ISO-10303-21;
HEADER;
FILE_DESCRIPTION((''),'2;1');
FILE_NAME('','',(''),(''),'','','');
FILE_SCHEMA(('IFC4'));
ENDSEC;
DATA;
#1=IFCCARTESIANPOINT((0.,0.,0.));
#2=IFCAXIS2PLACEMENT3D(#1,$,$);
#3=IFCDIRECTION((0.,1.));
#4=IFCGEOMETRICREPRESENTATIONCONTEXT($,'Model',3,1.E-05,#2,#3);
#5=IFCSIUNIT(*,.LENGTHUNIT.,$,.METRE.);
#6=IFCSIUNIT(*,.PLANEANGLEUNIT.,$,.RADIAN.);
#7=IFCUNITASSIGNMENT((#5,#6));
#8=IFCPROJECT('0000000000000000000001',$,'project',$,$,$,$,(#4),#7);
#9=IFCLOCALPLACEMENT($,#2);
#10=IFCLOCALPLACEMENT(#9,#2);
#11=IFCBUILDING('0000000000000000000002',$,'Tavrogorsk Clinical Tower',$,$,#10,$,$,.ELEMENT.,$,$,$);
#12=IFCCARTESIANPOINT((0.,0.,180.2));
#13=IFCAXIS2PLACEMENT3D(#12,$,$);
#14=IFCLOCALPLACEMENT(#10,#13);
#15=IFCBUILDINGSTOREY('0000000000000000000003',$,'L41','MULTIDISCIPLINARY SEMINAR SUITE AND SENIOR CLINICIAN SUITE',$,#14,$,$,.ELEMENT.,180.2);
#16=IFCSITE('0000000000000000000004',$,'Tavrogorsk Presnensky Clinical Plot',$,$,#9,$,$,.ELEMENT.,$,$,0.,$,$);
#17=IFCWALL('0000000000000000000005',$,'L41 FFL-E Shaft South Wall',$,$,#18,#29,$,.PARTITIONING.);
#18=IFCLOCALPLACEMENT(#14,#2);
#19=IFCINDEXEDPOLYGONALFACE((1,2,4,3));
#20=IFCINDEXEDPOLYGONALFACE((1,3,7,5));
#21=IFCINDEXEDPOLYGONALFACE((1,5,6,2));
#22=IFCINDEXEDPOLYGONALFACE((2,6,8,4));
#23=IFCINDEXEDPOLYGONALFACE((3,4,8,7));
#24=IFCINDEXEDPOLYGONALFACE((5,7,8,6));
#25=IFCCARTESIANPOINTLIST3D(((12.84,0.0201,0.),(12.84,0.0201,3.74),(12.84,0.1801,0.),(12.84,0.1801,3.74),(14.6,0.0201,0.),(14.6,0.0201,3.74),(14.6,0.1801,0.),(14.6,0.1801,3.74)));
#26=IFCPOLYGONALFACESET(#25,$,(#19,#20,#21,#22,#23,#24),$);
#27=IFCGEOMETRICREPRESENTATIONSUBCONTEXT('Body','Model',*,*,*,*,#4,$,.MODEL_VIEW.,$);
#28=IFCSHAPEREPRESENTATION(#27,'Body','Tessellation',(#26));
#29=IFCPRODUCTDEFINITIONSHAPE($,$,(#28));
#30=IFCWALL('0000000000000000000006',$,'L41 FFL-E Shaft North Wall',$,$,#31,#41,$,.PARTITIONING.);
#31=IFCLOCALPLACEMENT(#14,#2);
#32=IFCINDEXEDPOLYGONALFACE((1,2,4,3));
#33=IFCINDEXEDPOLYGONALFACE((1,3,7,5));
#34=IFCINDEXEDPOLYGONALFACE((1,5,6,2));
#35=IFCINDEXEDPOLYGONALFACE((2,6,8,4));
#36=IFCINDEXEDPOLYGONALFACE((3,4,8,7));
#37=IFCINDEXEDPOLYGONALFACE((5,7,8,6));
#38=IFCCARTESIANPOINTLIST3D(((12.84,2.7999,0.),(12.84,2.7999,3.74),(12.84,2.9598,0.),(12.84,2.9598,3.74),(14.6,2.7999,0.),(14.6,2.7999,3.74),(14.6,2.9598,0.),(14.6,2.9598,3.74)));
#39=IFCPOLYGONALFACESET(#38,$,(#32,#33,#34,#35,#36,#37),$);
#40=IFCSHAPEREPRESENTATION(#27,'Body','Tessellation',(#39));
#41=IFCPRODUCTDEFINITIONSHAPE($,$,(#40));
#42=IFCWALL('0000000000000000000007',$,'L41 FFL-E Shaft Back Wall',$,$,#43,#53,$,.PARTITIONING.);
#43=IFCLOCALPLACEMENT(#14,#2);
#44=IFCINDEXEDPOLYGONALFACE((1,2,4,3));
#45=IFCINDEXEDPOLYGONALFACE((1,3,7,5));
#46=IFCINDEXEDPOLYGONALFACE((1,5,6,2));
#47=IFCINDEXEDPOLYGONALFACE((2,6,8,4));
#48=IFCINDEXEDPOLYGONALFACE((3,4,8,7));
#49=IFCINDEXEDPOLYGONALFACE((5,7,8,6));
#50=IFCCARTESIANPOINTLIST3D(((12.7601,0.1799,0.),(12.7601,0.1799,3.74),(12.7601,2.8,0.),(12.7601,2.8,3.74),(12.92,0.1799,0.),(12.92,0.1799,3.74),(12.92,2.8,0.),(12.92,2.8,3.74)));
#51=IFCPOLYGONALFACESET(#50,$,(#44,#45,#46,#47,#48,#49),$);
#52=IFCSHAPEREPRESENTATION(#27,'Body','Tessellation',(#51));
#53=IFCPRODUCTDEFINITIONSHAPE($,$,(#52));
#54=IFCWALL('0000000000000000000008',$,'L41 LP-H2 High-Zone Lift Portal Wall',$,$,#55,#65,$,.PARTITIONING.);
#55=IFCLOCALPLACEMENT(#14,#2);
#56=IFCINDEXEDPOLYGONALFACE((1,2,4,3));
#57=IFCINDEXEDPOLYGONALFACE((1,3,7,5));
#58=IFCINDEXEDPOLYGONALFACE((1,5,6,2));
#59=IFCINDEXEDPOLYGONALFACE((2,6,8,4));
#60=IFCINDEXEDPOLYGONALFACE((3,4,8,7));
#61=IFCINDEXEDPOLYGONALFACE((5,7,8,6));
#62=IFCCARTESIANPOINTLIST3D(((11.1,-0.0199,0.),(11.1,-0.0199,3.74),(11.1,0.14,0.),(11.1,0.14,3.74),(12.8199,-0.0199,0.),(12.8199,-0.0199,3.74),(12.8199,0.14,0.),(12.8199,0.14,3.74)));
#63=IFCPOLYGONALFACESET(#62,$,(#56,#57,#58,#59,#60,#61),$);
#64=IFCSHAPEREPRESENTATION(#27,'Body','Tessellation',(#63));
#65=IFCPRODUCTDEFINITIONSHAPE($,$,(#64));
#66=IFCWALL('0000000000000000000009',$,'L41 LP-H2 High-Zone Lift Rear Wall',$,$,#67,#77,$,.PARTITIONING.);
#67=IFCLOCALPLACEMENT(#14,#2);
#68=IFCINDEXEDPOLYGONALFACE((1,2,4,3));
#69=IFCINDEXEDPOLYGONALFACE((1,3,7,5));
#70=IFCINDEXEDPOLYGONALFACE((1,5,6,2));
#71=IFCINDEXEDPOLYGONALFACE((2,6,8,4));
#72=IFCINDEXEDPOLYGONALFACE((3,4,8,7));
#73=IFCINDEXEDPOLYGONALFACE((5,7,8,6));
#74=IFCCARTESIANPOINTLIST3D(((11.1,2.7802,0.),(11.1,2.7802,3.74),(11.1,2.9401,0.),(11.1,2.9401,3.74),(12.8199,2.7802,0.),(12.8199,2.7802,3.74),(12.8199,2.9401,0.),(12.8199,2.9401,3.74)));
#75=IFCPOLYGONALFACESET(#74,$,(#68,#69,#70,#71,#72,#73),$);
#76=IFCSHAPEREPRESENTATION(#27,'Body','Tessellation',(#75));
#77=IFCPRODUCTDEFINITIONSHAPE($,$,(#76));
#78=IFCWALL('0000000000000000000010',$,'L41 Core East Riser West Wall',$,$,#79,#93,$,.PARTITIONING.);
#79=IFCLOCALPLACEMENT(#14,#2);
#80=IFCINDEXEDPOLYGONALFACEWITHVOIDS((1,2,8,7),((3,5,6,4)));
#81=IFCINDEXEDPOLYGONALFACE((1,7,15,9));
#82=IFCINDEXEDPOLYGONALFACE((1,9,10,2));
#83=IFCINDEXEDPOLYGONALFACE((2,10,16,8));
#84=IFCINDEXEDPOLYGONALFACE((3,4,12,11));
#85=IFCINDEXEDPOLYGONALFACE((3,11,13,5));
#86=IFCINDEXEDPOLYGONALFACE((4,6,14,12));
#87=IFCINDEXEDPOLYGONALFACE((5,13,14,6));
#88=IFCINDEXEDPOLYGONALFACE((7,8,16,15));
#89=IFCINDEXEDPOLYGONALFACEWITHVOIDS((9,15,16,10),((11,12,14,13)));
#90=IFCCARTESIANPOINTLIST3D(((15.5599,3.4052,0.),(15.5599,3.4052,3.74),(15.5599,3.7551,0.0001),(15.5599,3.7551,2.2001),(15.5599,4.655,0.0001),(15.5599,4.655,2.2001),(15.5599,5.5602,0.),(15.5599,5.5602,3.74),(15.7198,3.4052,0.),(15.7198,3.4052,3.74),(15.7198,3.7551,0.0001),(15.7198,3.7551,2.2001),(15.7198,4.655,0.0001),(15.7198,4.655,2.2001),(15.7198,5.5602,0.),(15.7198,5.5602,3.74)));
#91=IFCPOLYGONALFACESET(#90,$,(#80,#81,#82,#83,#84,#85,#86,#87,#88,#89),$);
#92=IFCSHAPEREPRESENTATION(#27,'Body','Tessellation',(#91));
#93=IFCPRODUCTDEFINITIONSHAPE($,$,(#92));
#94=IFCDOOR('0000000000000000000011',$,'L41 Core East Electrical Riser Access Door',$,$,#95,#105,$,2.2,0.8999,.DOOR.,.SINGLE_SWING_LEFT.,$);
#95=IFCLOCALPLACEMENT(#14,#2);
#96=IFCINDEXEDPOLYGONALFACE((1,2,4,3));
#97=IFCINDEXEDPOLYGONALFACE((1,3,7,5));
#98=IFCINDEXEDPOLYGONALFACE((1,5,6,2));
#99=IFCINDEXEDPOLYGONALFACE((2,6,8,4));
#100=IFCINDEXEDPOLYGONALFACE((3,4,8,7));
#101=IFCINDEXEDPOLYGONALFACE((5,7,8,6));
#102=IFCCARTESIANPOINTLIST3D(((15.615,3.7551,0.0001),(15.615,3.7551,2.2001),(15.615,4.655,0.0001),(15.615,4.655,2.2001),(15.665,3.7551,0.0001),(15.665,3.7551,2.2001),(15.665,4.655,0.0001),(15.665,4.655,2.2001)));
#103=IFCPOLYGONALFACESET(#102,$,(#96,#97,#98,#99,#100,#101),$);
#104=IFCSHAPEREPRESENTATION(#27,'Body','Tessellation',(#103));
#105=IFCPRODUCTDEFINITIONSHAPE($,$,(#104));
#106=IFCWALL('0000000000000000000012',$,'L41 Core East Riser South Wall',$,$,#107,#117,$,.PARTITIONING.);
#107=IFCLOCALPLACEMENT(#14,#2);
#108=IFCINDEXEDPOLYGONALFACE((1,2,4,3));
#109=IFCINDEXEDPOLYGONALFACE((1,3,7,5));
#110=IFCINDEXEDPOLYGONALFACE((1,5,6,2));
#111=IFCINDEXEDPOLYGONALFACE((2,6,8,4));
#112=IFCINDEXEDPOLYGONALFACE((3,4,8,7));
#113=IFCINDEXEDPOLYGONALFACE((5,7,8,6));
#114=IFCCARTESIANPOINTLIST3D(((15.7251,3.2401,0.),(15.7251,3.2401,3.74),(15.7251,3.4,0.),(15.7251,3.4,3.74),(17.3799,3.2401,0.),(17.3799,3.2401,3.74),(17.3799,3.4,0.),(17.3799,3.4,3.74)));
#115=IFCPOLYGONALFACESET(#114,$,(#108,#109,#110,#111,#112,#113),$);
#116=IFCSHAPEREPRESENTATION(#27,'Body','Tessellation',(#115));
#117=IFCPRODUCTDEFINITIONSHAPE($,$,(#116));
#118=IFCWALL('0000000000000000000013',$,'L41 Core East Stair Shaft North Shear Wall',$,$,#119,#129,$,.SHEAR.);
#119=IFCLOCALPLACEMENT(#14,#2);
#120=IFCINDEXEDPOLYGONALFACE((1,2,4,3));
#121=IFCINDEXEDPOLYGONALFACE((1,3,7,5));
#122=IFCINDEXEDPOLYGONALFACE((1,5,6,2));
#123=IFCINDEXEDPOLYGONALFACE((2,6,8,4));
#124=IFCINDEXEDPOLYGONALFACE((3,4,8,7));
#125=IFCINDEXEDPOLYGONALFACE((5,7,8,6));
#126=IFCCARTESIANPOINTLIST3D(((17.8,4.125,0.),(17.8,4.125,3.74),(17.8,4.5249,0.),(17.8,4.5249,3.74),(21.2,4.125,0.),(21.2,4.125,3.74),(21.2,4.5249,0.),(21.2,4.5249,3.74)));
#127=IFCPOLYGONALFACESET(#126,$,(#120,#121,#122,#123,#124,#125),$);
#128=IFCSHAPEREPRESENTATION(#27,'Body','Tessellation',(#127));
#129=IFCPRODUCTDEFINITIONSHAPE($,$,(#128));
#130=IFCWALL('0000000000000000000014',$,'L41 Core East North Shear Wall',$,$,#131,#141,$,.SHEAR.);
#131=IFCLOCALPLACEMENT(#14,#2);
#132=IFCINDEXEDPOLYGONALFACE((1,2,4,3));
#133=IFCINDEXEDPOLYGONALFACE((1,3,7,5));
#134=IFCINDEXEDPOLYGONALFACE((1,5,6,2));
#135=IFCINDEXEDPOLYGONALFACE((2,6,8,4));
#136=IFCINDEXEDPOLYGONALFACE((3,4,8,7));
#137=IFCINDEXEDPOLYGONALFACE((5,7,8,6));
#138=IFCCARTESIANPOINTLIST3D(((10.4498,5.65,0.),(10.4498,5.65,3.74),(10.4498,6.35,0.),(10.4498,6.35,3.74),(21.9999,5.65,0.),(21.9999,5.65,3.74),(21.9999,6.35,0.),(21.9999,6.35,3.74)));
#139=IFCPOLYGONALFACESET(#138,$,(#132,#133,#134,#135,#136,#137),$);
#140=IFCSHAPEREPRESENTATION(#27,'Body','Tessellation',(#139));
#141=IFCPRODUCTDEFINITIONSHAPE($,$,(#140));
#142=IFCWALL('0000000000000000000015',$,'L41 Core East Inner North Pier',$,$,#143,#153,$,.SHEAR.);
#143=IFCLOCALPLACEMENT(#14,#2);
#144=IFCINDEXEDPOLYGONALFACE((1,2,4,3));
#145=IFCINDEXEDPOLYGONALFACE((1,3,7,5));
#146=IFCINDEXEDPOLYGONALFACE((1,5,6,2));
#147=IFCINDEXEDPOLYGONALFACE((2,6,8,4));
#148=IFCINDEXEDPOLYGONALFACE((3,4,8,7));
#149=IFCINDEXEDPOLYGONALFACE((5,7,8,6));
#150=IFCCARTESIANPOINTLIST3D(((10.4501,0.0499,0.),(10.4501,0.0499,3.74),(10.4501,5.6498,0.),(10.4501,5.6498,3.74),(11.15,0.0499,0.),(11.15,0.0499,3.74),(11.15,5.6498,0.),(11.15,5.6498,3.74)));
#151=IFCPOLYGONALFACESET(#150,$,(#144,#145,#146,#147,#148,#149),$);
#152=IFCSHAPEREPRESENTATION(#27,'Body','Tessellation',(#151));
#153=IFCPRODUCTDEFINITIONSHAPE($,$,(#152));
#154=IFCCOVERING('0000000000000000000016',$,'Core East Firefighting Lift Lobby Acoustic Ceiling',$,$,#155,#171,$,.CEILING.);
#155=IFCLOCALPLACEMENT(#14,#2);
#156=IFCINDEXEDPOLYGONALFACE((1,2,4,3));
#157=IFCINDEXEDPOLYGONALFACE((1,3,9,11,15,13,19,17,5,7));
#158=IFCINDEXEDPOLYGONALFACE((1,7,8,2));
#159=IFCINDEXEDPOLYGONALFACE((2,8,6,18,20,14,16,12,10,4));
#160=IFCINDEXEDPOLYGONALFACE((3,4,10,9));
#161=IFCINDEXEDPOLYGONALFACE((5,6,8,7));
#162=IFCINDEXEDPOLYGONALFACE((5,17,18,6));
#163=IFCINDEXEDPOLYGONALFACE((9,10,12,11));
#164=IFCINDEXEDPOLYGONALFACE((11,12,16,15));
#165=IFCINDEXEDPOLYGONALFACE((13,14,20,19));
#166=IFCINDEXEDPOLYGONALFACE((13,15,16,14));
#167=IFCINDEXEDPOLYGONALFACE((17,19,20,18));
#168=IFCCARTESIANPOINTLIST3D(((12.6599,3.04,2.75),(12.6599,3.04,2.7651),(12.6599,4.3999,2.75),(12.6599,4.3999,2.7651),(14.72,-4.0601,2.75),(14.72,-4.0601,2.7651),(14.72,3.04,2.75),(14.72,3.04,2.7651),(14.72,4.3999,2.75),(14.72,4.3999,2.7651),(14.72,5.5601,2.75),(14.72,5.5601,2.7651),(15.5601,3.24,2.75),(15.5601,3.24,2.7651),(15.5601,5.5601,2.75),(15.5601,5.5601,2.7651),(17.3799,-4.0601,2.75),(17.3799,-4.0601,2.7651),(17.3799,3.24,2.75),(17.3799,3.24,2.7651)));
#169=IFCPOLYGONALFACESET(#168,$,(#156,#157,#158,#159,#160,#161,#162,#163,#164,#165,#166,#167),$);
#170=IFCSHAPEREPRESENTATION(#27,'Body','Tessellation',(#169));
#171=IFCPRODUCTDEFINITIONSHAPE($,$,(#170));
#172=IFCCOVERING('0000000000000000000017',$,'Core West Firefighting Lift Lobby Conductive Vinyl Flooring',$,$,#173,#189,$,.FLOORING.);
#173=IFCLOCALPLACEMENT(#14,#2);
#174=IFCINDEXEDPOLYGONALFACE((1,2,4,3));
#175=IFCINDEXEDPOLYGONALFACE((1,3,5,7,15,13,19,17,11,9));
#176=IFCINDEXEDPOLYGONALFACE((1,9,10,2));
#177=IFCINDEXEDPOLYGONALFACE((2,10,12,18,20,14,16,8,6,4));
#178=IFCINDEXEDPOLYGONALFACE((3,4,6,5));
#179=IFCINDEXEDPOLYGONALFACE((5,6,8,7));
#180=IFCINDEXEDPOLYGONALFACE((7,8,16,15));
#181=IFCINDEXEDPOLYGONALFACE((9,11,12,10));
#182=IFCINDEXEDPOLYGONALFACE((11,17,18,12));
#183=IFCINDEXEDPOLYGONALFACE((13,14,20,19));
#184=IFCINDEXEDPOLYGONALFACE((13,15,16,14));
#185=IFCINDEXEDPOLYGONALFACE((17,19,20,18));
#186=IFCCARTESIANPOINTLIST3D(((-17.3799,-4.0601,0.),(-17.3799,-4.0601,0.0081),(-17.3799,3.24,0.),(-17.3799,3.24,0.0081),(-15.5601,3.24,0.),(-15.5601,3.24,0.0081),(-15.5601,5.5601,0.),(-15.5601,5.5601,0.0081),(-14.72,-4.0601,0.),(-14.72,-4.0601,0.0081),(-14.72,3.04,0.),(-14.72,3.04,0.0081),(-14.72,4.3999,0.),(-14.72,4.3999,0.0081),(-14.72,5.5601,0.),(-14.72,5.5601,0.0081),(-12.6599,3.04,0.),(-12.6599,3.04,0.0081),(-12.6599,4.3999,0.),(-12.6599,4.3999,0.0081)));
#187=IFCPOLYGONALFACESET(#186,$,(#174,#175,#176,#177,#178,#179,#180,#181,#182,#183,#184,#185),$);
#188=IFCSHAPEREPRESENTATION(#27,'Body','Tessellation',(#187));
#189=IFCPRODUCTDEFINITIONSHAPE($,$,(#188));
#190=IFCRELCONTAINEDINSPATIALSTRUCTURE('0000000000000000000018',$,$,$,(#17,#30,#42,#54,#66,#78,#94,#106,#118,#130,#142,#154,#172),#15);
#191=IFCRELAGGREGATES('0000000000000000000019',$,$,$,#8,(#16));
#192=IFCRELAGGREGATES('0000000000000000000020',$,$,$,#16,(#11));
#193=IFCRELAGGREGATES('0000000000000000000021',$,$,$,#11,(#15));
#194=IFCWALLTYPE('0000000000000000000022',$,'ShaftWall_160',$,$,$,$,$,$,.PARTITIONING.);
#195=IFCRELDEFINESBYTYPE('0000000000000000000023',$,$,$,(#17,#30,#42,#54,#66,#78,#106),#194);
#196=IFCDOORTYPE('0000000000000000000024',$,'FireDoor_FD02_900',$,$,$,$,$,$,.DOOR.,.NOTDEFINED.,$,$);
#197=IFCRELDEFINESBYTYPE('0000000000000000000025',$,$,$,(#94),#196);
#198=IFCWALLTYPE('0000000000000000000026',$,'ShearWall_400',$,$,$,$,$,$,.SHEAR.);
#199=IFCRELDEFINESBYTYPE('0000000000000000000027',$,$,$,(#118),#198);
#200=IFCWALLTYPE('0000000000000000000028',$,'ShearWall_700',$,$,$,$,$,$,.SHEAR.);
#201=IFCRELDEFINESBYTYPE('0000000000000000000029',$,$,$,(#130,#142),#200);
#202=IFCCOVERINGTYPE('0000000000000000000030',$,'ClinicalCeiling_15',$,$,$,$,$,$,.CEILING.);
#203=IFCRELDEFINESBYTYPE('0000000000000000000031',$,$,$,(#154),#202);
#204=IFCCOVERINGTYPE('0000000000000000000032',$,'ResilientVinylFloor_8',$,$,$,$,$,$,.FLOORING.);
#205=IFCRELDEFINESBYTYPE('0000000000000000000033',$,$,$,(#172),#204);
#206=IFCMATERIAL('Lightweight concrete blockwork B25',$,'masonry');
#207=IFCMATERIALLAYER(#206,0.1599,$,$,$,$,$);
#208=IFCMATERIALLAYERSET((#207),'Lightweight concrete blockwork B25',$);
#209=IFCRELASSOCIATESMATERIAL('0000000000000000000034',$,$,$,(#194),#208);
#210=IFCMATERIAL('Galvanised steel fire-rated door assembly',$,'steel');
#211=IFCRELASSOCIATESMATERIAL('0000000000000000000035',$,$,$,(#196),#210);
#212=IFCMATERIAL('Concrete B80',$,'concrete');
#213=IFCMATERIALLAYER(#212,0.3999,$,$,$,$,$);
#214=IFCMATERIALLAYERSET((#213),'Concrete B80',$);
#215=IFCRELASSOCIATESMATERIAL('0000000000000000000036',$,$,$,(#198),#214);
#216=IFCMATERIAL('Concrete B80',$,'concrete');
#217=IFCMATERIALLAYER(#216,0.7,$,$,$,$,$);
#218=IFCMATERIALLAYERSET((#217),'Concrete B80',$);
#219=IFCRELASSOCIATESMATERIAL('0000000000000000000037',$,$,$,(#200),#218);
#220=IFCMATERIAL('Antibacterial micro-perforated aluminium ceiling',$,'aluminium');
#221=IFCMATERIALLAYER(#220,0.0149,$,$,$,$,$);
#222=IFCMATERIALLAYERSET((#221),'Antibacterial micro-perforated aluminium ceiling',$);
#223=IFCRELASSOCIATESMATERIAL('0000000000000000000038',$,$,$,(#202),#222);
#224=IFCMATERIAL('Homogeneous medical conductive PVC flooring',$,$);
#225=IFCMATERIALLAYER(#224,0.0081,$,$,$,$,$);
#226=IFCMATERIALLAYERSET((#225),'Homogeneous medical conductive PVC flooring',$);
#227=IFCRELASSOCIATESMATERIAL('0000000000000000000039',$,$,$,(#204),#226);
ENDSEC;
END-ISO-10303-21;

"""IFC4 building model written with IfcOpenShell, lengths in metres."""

from ifc_helpers import new_model, si_unit, direction, frame, frame_2d, origin, place, context, subcontext, project, spatial, polyline, rectangle, outline, extrude, material, layer, layer_set, type_object, element, fill, save


model = new_model("IFC4")

# Units and contexts
model_context = context("Model", 3, precision=1e-05, world=origin(), true_north=direction((0.0, 1.0)))
body_context = subcontext(model_context, "Body", "Model", "MODEL_VIEW")
ifc_project = project(units=[si_unit("LENGTHUNIT", "METRE"), si_unit("PLANEANGLEUNIT", "RADIAN")], contexts=[model_context])

# Site, building, storey
site_placement = place(None, origin())
site = spatial("IfcSite", under=ifc_project, at=site_placement, Name="Tavrogorsk Presnensky Clinical Plot", CompositionType="ELEMENT", RefElevation=0.0)
building_placement = place(site_placement, origin())
building = spatial("IfcBuilding", under=site, at=building_placement, Name="Tavrogorsk Clinical Tower", CompositionType="ELEMENT")
storey_placement = place(building_placement, frame((0.0, 0.0, 180.2)))
storey = spatial("IfcBuildingStorey", under=building, at=storey_placement, Name="L41", Description="MULTIDISCIPLINARY SEMINAR SUITE AND SENIOR CLINICIAN SUITE", CompositionType="ELEMENT", Elevation=180.2)

# Shared definitions
ifc_material_1 = material(Name="Lightweight concrete blockwork B25", Category="masonry")
ifc_layer_1 = layer(ifc_material_1, 0.1599)
ifc_layer_set_1 = layer_set([ifc_layer_1], Name="Lightweight concrete blockwork B25")
wall_type_1 = type_object("IfcWallType", Name="ShaftWall_160", PredefinedType="PARTITIONING", material=ifc_layer_set_1)

# Walls
for number, where, z_axis, x_axis, name in (
    (1, (12.8401, 0.1001, 0.0), (0.0, 0.0, 1.0), (1.0, 0.0, 0.0), "L41 FFL-E Shaft South Wall"),
    (2, (12.8401, 2.8799, 0.0), (0.0, 0.0, 1.0), (1.0, 0.0, 0.0), "L41 FFL-E Shaft North Wall"),
):
    element("IfcWall", number, at=place(storey_placement, frame(where, z_axis=z_axis, x_axis=x_axis)), inside=storey, type_object=wall_type_1, Name=name, PredefinedType="PARTITIONING", context=body_context, shape_type="SweptSolid", body=[
        extrude(rectangle(XDim=1.76, YDim=0.1599, at=frame_2d((0.8799, 0.0))), origin(), (0.0, 0.0, 1.0), 3.74),
    ])
wall_1_placement = place(storey_placement, frame((12.8401, 0.1799, 0.0), z_axis=(0.0, 0.0, 1.0), x_axis=(0.0, 1.0, 0.0)))
element("IfcWall", 3, at=wall_1_placement, inside=storey, type_object=wall_type_1, Name="L41 FFL-E Shaft Back Wall", PredefinedType="PARTITIONING", context=body_context, shape_type="SweptSolid", body=[
    extrude(rectangle(XDim=2.6201, YDim=0.1599, at=frame_2d((1.3101, 0.0))), origin(), (0.0, 0.0, 1.0), 3.74),
])
for number, where, z_axis, x_axis, name in (
    (4, (11.1001, 0.0601, 0.0), (0.0, 0.0, 1.0), (1.0, 0.0, 0.0), "L41 LP-H2 High-Zone Lift Portal Wall"),
    (5, (11.1001, 2.8601, 0.0), (0.0, 0.0, 1.0), (1.0, 0.0, 0.0), "L41 LP-H2 High-Zone Lift Rear Wall"),
):
    element("IfcWall", number, at=place(storey_placement, frame(where, z_axis=z_axis, x_axis=x_axis)), inside=storey, type_object=wall_type_1, Name=name, PredefinedType="PARTITIONING", context=body_context, shape_type="SweptSolid", body=[
        extrude(rectangle(XDim=1.72, YDim=0.1599, at=frame_2d((0.8599, 0.0))), origin(), (0.0, 0.0, 1.0), 3.74),
    ])

# Wall, opening, door
wall_2_placement = place(storey_placement, frame((15.6399, 3.405, 0.0), z_axis=(0.0, 0.0, 1.0), x_axis=(0.0, 1.0, 0.0)))
wall_2 = element("IfcWall", 6, at=wall_2_placement, inside=storey, type_object=wall_type_1, Name="L41 Core East Riser West Wall", PredefinedType="PARTITIONING", context=body_context, shape_type="SweptSolid", body=[
    extrude(rectangle(XDim=2.155, YDim=0.1599, at=frame_2d((1.0776, 0.0))), origin(), (0.0, 0.0, 1.0), 3.74),
])
opening_1_placement = place(wall_2_placement, frame((0.3501, 0.0, 0.0)))
opening_1 = element("IfcOpeningElement", 7, at=opening_1_placement, cuts=wall_2, PredefinedType="OPENING", context=body_context, shape_type="SweptSolid", body=[
    extrude(rectangle(XDim=0.8999, YDim=2.2, at=frame_2d((0.45, 1.1001))), frame((0.0, 0.0898, 0.0), z_axis=(0.0, -1.0, 0.0), x_axis=(1.0, 0.0, 0.0)), (0.0, 0.0, 1.0), 0.1799),
])
ifc_material_2 = material(Name="Galvanised steel fire-rated door assembly", Category="steel")
door_type_1 = type_object("IfcDoorType", Name="FireDoor_FD02_900", OperationType="NOTDEFINED", PredefinedType="DOOR", material=ifc_material_2)
door_1_placement = place(opening_1_placement, origin())
door_1 = element("IfcDoor", 8, at=door_1_placement, inside=storey, type_object=door_type_1, Name="L41 Core East Electrical Riser Access Door", OperationType="SINGLE_SWING_LEFT", OverallHeight=2.2, OverallWidth=0.8999, PredefinedType="DOOR", context=body_context, shape_type="SweptSolid", body=[
    extrude(rectangle(XDim=0.8999, YDim=2.2, at=frame_2d((0.45, 1.1001))), frame((0.0, 0.0249, 0.0), z_axis=(0.0, -1.0, 0.0), x_axis=(1.0, 0.0, 0.0)), (0.0, 0.0, 1.0), 0.05),
])
fill(opening_1, door_1)

# Walls
wall_3_placement = place(storey_placement, frame((15.7251, 3.3201, 0.0), z_axis=(0.0, 0.0, 1.0), x_axis=(1.0, 0.0, 0.0)))
element("IfcWall", 9, at=wall_3_placement, inside=storey, type_object=wall_type_1, Name="L41 Core East Riser South Wall", PredefinedType="PARTITIONING", context=body_context, shape_type="SweptSolid", body=[
    extrude(rectangle(XDim=1.6548, YDim=0.1599, at=frame_2d((0.8274, 0.0))), origin(), (0.0, 0.0, 1.0), 3.74),
])
ifc_material_3 = material(Name="Concrete B80", Category="concrete")
ifc_layer_2 = layer(ifc_material_3, 0.3999)
ifc_layer_set_2 = layer_set([ifc_layer_2], Name="Concrete B80")
wall_type_2 = type_object("IfcWallType", Name="ShearWall_400", PredefinedType="SHEAR", material=ifc_layer_set_2)
wall_4_placement = place(storey_placement, frame((17.8, 4.325, 0.0), z_axis=(0.0, 0.0, 1.0), x_axis=(1.0, 0.0, 0.0)))
element("IfcWall", 10, at=wall_4_placement, inside=storey, type_object=wall_type_2, Name="L41 Core East Stair Shaft North Shear Wall", PredefinedType="SHEAR", context=body_context, shape_type="SweptSolid", body=[
    extrude(rectangle(XDim=3.3999, YDim=0.3999, at=frame_2d((1.7, 0.0))), origin(), (0.0, 0.0, 1.0), 3.74),
])
ifc_material_4 = material(Name="Concrete B80", Category="concrete")
ifc_layer_3 = layer(ifc_material_4, 0.7)
ifc_layer_set_3 = layer_set([ifc_layer_3], Name="Concrete B80")
wall_type_3 = type_object("IfcWallType", Name="ShearWall_700", PredefinedType="SHEAR", material=ifc_layer_set_3)
wall_5_placement = place(storey_placement, frame((10.45, 6.0, 0.0), z_axis=(0.0, 0.0, 1.0), x_axis=(1.0, 0.0, 0.0)))
element("IfcWall", 11, at=wall_5_placement, inside=storey, type_object=wall_type_3, Name="L41 Core East North Shear Wall", PredefinedType="SHEAR", context=body_context, shape_type="SweptSolid", body=[
    extrude(rectangle(XDim=11.55, YDim=0.7, at=frame_2d((5.7749, 0.0))), origin(), (0.0, 0.0, 1.0), 3.74),
])
wall_6_placement = place(storey_placement, frame((10.8, 0.05, 0.0), z_axis=(0.0, 0.0, 1.0), x_axis=(0.0, 1.0, 0.0)))
element("IfcWall", 12, at=wall_6_placement, inside=storey, type_object=wall_type_3, Name="L41 Core East Inner North Pier", PredefinedType="SHEAR", context=body_context, shape_type="SweptSolid", body=[
    extrude(rectangle(XDim=5.5999, YDim=0.7, at=frame_2d((2.7998, 0.0))), origin(), (0.0, 0.0, 1.0), 3.74),
])

# Coverings
ifc_material_5 = material(Name="Antibacterial micro-perforated aluminium ceiling", Category="aluminium")
ifc_layer_4 = layer(ifc_material_5, 0.0149)
ifc_layer_set_4 = layer_set([ifc_layer_4], Name="Antibacterial micro-perforated aluminium ceiling")
covering_type_1 = type_object("IfcCoveringType", Name="ClinicalCeiling_15", PredefinedType="CEILING", material=ifc_layer_set_4)
covering_1_placement = place(storey_placement, frame((0.0, 0.0, 2.75)))
element("IfcCovering", 13, at=covering_1_placement, inside=storey, type_object=covering_type_1, Name="Core East Firefighting Lift Lobby Acoustic Ceiling", PredefinedType="CEILING", context=body_context, shape_type="SweptSolid", body=[
    extrude(outline(polyline([(14.72, 3.04), (12.6599, 3.04), (12.6599, 4.3999), (14.72, 4.3999), (14.72, 5.5601), (15.5601, 5.5601), (15.5601, 3.24), (17.3799, 3.24), (17.3799, -4.0601), (14.72, -4.0601), (14.72, 3.04)])), origin(), (0.0, 0.0, 1.0), 0.0151),
])
ifc_material_6 = material(Name="Homogeneous medical conductive PVC flooring")
ifc_layer_5 = layer(ifc_material_6, 0.0081)
ifc_layer_set_5 = layer_set([ifc_layer_5], Name="Homogeneous medical conductive PVC flooring")
covering_type_2 = type_object("IfcCoveringType", Name="ResilientVinylFloor_8", PredefinedType="FLOORING", material=ifc_layer_set_5)
covering_2_placement = place(storey_placement, origin())
element("IfcCovering", 14, at=covering_2_placement, inside=storey, type_object=covering_type_2, Name="Core West Firefighting Lift Lobby Conductive Vinyl Flooring", PredefinedType="FLOORING", context=body_context, shape_type="SweptSolid", body=[
    extrude(outline(polyline([(-17.3799, -4.0601), (-17.3799, 3.24), (-15.5601, 3.24), (-15.5601, 5.5601), (-14.72, 5.5601), (-14.72, 4.3999), (-12.6599, 4.3999), (-12.6599, 3.04), (-14.72, 3.04), (-14.72, -4.0601), (-17.3799, -4.0601)])), origin(), (0.0, 0.0, 1.0), 0.0081),
])

save(model, "model.ifc")
